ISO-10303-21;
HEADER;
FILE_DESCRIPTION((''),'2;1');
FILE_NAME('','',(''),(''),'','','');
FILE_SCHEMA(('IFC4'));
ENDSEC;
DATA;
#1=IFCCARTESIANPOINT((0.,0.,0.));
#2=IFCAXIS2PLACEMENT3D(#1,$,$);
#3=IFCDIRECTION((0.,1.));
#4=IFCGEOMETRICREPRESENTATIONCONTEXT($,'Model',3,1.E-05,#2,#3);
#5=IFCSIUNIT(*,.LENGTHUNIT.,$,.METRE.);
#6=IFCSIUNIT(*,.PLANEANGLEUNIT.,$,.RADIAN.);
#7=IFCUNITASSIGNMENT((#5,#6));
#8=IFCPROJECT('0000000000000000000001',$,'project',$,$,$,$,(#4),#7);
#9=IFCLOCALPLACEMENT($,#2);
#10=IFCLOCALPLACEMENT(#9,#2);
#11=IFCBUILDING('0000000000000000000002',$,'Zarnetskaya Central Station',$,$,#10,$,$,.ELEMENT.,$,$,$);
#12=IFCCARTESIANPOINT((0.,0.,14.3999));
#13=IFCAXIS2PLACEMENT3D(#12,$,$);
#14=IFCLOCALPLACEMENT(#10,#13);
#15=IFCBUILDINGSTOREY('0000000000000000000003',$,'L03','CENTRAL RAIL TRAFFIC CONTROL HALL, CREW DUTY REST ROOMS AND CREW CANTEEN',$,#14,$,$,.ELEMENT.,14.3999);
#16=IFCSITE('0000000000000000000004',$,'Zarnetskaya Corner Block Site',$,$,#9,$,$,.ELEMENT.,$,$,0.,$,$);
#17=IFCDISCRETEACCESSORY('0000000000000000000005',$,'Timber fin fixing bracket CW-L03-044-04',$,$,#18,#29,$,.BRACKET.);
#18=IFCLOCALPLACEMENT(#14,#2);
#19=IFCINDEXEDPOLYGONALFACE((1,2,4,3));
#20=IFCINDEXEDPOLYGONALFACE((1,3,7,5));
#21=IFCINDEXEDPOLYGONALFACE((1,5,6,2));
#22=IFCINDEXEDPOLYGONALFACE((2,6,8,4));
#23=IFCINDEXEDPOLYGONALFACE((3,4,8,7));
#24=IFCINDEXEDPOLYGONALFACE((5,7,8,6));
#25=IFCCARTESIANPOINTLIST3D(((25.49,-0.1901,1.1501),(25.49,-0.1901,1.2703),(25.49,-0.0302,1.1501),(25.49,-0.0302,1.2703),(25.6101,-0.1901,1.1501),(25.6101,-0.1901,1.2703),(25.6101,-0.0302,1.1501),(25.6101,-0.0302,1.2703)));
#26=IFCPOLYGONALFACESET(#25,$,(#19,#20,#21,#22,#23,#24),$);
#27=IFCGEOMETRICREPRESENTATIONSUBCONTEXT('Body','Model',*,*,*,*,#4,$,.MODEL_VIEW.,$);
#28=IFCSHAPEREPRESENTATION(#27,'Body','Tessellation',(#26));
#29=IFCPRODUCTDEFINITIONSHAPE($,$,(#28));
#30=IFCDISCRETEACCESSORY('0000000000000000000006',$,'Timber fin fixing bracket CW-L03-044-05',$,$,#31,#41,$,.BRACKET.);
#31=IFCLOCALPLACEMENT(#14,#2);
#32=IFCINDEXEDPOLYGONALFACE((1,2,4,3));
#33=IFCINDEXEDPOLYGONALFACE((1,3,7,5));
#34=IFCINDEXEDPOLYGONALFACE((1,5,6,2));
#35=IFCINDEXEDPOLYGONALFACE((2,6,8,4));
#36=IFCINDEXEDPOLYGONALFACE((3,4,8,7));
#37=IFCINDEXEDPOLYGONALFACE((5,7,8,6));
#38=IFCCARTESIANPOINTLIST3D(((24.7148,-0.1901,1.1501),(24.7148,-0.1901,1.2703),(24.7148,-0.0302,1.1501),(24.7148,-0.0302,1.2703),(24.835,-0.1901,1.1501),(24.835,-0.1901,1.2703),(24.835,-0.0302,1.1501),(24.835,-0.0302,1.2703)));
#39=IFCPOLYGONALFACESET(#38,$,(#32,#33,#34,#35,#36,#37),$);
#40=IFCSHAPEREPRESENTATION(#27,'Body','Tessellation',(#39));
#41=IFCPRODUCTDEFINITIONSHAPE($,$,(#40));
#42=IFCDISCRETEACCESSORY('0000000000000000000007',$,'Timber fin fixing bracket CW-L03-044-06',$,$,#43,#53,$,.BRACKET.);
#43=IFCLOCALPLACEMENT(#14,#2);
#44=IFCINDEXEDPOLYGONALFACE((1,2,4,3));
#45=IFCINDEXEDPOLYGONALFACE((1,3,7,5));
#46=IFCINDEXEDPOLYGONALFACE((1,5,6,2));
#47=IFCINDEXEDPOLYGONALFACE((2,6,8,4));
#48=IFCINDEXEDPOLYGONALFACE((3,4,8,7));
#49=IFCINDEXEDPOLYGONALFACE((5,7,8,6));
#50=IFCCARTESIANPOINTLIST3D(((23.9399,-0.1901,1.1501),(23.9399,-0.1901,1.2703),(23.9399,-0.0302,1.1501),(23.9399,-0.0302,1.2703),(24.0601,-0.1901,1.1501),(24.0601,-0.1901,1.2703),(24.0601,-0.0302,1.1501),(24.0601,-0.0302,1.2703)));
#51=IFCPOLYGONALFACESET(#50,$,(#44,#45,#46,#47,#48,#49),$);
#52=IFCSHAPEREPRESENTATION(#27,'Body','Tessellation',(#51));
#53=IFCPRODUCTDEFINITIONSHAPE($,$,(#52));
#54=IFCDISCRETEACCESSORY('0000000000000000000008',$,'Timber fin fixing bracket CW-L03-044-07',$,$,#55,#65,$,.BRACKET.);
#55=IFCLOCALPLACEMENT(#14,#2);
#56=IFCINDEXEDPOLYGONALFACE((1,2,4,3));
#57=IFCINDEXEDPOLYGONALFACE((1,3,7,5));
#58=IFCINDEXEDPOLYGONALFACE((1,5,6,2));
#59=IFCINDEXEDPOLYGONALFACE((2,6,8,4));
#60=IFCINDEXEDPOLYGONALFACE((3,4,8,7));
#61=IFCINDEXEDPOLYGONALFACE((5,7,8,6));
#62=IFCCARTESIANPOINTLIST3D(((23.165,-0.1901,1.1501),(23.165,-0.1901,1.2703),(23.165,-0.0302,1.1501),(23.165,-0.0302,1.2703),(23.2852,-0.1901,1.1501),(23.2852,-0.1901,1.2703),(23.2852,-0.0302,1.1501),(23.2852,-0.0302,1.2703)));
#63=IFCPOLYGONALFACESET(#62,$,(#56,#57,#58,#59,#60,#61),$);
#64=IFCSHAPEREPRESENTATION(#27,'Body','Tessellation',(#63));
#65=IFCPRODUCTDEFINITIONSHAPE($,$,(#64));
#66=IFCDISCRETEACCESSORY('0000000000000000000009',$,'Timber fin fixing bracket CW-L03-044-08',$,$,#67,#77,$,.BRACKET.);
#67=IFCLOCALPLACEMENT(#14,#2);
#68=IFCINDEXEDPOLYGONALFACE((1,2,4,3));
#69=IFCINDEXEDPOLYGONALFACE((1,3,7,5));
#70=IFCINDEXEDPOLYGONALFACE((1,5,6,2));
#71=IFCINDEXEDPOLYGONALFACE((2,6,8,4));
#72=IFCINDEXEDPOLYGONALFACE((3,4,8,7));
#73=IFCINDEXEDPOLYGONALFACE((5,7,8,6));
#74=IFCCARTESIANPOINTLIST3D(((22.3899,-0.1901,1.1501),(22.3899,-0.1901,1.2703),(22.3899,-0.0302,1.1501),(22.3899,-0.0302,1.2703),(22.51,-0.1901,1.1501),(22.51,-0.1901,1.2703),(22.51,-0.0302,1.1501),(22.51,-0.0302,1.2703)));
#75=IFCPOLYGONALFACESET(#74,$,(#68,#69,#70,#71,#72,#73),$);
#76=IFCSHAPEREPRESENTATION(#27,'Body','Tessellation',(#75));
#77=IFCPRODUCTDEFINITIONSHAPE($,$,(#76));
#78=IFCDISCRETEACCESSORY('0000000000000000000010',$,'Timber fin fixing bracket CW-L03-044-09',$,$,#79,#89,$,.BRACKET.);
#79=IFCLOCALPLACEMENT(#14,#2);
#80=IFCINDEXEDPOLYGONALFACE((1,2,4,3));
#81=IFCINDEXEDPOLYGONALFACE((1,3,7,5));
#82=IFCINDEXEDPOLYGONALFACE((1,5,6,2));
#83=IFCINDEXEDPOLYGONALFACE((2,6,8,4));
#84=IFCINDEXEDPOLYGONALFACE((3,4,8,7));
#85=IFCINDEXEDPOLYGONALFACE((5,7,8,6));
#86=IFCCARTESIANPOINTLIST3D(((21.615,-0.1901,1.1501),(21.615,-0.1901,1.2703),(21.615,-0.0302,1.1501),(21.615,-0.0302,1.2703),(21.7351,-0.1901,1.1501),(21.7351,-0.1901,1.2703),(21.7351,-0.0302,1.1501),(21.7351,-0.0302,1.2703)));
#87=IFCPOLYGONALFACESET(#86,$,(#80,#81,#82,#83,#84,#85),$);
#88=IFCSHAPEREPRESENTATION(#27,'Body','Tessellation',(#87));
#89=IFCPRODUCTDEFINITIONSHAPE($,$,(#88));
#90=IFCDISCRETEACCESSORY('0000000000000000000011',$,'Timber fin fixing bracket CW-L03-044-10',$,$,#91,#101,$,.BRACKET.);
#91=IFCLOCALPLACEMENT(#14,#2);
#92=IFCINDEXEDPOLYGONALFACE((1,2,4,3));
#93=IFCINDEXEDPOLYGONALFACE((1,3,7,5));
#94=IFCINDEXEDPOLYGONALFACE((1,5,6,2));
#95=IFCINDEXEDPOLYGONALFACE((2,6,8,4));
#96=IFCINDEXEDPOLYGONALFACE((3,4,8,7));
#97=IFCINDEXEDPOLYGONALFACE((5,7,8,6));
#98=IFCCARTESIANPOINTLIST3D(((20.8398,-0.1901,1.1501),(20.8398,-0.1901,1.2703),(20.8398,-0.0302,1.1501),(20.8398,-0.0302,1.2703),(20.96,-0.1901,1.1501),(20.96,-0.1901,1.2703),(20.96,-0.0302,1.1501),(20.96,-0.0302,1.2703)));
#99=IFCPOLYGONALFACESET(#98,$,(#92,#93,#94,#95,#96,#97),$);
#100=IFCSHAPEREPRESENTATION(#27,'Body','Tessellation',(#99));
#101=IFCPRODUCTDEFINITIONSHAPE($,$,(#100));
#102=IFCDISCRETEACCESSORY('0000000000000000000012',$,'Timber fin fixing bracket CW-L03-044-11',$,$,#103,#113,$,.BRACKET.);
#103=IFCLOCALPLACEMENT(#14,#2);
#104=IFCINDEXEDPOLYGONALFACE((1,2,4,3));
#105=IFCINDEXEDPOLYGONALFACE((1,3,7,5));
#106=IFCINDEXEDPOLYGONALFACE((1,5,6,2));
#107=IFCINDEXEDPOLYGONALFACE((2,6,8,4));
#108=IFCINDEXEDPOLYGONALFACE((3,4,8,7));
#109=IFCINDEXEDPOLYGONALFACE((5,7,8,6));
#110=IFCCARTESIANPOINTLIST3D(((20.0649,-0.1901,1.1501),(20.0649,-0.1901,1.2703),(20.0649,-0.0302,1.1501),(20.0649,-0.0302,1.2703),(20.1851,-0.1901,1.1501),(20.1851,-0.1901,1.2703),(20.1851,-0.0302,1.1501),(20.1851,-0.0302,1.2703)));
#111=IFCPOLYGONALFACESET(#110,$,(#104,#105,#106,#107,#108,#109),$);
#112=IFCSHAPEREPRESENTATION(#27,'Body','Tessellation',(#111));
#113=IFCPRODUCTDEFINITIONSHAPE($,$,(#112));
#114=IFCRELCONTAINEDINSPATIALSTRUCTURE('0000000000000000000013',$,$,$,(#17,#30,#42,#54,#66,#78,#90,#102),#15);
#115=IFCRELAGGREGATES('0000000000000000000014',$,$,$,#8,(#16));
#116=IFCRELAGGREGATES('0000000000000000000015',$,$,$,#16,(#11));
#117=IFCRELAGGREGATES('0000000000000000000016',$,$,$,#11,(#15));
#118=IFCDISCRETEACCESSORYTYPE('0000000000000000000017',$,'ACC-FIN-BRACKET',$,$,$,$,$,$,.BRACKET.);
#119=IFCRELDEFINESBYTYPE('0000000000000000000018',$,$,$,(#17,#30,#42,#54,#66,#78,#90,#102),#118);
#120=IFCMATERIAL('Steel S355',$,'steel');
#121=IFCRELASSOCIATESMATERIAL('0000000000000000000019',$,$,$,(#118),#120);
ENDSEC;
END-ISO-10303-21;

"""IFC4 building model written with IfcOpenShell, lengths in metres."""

from ifc_helpers import new_model, si_unit, direction, frame, origin, origin_2d, place, context, subcontext, project, spatial, rectangle, extrude, material, type_object, element, save


model = new_model("IFC4")

# Units and contexts
model_context = context("Model", 3, precision=1e-05, world=origin(), true_north=direction((0.0, 1.0)))
body_context = subcontext(model_context, "Body", "Model", "MODEL_VIEW")
ifc_project = project(units=[si_unit("LENGTHUNIT", "METRE"), si_unit("PLANEANGLEUNIT", "RADIAN")], contexts=[model_context])

# Site, building, storey
site_placement = place(None, origin())
site = spatial("IfcSite", under=ifc_project, at=site_placement, Name="Zarnetskaya Corner Block Site", CompositionType="ELEMENT", RefElevation=0.0)
building_placement = place(site_placement, origin())
building = spatial("IfcBuilding", under=site, at=building_placement, Name="Zarnetskaya Central Station", CompositionType="ELEMENT")
storey_placement = place(building_placement, frame((0.0, 0.0, 14.3999)))
storey = spatial("IfcBuildingStorey", under=building, at=storey_placement, Name="L03", Description="CENTRAL RAIL TRAFFIC CONTROL HALL, CREW DUTY REST ROOMS AND CREW CANTEEN", CompositionType="ELEMENT", Elevation=14.3999)

# Discrete accessories
ifc_material_1 = material(Name="Steel S355", Category="steel")
discrete_accessory_type = type_object("IfcDiscreteAccessoryType", Name="ACC-FIN-BRACKET", PredefinedType="BRACKET", material=ifc_material_1)
for number, where, z_axis, x_axis, name in (
    (1, (25.55, -0.1101, 1.1501), (0.0, 0.0, 1.0), (-1.0, 0.0, 0.0), "Timber fin fixing bracket CW-L03-044-04"),
    (2, (24.7749, -0.1101, 1.1501), (0.0, 0.0, 1.0), (-1.0, 0.0, 0.0), "Timber fin fixing bracket CW-L03-044-05"),
    (3, (24.0, -0.1101, 1.1501), (0.0, 0.0, 1.0), (-1.0, 0.0, 0.0), "Timber fin fixing bracket CW-L03-044-06"),
    (4, (23.2251, -0.1101, 1.1501), (0.0, 0.0, 1.0), (-1.0, 0.0, 0.0), "Timber fin fixing bracket CW-L03-044-07"),
    (5, (22.45, -0.1101, 1.1501), (0.0, 0.0, 1.0), (-1.0, 0.0, 0.0), "Timber fin fixing bracket CW-L03-044-08"),
    (6, (21.675, -0.1101, 1.1501), (0.0, 0.0, 1.0), (-1.0, 0.0, 0.0), "Timber fin fixing bracket CW-L03-044-09"),
    (7, (20.8999, -0.1101, 1.1501), (0.0, 0.0, 1.0), (-1.0, 0.0, 0.0), "Timber fin fixing bracket CW-L03-044-10"),
    (8, (20.125, -0.1101, 1.1501), (0.0, 0.0, 1.0), (-1.0, 0.0, 0.0), "Timber fin fixing bracket CW-L03-044-11"),
):
    element("IfcDiscreteAccessory", number, at=place(storey_placement, frame(where, z_axis=z_axis, x_axis=x_axis)), inside=storey, type_object=discrete_accessory_type, Name=name, PredefinedType="BRACKET", context=body_context, shape_type="SweptSolid", body=[
        extrude(rectangle(XDim=0.1201, YDim=0.1599, at=origin_2d()), origin(), (0.0, 0.0, 1.0), 0.1201),
    ])

save(model, "model.ifc")
